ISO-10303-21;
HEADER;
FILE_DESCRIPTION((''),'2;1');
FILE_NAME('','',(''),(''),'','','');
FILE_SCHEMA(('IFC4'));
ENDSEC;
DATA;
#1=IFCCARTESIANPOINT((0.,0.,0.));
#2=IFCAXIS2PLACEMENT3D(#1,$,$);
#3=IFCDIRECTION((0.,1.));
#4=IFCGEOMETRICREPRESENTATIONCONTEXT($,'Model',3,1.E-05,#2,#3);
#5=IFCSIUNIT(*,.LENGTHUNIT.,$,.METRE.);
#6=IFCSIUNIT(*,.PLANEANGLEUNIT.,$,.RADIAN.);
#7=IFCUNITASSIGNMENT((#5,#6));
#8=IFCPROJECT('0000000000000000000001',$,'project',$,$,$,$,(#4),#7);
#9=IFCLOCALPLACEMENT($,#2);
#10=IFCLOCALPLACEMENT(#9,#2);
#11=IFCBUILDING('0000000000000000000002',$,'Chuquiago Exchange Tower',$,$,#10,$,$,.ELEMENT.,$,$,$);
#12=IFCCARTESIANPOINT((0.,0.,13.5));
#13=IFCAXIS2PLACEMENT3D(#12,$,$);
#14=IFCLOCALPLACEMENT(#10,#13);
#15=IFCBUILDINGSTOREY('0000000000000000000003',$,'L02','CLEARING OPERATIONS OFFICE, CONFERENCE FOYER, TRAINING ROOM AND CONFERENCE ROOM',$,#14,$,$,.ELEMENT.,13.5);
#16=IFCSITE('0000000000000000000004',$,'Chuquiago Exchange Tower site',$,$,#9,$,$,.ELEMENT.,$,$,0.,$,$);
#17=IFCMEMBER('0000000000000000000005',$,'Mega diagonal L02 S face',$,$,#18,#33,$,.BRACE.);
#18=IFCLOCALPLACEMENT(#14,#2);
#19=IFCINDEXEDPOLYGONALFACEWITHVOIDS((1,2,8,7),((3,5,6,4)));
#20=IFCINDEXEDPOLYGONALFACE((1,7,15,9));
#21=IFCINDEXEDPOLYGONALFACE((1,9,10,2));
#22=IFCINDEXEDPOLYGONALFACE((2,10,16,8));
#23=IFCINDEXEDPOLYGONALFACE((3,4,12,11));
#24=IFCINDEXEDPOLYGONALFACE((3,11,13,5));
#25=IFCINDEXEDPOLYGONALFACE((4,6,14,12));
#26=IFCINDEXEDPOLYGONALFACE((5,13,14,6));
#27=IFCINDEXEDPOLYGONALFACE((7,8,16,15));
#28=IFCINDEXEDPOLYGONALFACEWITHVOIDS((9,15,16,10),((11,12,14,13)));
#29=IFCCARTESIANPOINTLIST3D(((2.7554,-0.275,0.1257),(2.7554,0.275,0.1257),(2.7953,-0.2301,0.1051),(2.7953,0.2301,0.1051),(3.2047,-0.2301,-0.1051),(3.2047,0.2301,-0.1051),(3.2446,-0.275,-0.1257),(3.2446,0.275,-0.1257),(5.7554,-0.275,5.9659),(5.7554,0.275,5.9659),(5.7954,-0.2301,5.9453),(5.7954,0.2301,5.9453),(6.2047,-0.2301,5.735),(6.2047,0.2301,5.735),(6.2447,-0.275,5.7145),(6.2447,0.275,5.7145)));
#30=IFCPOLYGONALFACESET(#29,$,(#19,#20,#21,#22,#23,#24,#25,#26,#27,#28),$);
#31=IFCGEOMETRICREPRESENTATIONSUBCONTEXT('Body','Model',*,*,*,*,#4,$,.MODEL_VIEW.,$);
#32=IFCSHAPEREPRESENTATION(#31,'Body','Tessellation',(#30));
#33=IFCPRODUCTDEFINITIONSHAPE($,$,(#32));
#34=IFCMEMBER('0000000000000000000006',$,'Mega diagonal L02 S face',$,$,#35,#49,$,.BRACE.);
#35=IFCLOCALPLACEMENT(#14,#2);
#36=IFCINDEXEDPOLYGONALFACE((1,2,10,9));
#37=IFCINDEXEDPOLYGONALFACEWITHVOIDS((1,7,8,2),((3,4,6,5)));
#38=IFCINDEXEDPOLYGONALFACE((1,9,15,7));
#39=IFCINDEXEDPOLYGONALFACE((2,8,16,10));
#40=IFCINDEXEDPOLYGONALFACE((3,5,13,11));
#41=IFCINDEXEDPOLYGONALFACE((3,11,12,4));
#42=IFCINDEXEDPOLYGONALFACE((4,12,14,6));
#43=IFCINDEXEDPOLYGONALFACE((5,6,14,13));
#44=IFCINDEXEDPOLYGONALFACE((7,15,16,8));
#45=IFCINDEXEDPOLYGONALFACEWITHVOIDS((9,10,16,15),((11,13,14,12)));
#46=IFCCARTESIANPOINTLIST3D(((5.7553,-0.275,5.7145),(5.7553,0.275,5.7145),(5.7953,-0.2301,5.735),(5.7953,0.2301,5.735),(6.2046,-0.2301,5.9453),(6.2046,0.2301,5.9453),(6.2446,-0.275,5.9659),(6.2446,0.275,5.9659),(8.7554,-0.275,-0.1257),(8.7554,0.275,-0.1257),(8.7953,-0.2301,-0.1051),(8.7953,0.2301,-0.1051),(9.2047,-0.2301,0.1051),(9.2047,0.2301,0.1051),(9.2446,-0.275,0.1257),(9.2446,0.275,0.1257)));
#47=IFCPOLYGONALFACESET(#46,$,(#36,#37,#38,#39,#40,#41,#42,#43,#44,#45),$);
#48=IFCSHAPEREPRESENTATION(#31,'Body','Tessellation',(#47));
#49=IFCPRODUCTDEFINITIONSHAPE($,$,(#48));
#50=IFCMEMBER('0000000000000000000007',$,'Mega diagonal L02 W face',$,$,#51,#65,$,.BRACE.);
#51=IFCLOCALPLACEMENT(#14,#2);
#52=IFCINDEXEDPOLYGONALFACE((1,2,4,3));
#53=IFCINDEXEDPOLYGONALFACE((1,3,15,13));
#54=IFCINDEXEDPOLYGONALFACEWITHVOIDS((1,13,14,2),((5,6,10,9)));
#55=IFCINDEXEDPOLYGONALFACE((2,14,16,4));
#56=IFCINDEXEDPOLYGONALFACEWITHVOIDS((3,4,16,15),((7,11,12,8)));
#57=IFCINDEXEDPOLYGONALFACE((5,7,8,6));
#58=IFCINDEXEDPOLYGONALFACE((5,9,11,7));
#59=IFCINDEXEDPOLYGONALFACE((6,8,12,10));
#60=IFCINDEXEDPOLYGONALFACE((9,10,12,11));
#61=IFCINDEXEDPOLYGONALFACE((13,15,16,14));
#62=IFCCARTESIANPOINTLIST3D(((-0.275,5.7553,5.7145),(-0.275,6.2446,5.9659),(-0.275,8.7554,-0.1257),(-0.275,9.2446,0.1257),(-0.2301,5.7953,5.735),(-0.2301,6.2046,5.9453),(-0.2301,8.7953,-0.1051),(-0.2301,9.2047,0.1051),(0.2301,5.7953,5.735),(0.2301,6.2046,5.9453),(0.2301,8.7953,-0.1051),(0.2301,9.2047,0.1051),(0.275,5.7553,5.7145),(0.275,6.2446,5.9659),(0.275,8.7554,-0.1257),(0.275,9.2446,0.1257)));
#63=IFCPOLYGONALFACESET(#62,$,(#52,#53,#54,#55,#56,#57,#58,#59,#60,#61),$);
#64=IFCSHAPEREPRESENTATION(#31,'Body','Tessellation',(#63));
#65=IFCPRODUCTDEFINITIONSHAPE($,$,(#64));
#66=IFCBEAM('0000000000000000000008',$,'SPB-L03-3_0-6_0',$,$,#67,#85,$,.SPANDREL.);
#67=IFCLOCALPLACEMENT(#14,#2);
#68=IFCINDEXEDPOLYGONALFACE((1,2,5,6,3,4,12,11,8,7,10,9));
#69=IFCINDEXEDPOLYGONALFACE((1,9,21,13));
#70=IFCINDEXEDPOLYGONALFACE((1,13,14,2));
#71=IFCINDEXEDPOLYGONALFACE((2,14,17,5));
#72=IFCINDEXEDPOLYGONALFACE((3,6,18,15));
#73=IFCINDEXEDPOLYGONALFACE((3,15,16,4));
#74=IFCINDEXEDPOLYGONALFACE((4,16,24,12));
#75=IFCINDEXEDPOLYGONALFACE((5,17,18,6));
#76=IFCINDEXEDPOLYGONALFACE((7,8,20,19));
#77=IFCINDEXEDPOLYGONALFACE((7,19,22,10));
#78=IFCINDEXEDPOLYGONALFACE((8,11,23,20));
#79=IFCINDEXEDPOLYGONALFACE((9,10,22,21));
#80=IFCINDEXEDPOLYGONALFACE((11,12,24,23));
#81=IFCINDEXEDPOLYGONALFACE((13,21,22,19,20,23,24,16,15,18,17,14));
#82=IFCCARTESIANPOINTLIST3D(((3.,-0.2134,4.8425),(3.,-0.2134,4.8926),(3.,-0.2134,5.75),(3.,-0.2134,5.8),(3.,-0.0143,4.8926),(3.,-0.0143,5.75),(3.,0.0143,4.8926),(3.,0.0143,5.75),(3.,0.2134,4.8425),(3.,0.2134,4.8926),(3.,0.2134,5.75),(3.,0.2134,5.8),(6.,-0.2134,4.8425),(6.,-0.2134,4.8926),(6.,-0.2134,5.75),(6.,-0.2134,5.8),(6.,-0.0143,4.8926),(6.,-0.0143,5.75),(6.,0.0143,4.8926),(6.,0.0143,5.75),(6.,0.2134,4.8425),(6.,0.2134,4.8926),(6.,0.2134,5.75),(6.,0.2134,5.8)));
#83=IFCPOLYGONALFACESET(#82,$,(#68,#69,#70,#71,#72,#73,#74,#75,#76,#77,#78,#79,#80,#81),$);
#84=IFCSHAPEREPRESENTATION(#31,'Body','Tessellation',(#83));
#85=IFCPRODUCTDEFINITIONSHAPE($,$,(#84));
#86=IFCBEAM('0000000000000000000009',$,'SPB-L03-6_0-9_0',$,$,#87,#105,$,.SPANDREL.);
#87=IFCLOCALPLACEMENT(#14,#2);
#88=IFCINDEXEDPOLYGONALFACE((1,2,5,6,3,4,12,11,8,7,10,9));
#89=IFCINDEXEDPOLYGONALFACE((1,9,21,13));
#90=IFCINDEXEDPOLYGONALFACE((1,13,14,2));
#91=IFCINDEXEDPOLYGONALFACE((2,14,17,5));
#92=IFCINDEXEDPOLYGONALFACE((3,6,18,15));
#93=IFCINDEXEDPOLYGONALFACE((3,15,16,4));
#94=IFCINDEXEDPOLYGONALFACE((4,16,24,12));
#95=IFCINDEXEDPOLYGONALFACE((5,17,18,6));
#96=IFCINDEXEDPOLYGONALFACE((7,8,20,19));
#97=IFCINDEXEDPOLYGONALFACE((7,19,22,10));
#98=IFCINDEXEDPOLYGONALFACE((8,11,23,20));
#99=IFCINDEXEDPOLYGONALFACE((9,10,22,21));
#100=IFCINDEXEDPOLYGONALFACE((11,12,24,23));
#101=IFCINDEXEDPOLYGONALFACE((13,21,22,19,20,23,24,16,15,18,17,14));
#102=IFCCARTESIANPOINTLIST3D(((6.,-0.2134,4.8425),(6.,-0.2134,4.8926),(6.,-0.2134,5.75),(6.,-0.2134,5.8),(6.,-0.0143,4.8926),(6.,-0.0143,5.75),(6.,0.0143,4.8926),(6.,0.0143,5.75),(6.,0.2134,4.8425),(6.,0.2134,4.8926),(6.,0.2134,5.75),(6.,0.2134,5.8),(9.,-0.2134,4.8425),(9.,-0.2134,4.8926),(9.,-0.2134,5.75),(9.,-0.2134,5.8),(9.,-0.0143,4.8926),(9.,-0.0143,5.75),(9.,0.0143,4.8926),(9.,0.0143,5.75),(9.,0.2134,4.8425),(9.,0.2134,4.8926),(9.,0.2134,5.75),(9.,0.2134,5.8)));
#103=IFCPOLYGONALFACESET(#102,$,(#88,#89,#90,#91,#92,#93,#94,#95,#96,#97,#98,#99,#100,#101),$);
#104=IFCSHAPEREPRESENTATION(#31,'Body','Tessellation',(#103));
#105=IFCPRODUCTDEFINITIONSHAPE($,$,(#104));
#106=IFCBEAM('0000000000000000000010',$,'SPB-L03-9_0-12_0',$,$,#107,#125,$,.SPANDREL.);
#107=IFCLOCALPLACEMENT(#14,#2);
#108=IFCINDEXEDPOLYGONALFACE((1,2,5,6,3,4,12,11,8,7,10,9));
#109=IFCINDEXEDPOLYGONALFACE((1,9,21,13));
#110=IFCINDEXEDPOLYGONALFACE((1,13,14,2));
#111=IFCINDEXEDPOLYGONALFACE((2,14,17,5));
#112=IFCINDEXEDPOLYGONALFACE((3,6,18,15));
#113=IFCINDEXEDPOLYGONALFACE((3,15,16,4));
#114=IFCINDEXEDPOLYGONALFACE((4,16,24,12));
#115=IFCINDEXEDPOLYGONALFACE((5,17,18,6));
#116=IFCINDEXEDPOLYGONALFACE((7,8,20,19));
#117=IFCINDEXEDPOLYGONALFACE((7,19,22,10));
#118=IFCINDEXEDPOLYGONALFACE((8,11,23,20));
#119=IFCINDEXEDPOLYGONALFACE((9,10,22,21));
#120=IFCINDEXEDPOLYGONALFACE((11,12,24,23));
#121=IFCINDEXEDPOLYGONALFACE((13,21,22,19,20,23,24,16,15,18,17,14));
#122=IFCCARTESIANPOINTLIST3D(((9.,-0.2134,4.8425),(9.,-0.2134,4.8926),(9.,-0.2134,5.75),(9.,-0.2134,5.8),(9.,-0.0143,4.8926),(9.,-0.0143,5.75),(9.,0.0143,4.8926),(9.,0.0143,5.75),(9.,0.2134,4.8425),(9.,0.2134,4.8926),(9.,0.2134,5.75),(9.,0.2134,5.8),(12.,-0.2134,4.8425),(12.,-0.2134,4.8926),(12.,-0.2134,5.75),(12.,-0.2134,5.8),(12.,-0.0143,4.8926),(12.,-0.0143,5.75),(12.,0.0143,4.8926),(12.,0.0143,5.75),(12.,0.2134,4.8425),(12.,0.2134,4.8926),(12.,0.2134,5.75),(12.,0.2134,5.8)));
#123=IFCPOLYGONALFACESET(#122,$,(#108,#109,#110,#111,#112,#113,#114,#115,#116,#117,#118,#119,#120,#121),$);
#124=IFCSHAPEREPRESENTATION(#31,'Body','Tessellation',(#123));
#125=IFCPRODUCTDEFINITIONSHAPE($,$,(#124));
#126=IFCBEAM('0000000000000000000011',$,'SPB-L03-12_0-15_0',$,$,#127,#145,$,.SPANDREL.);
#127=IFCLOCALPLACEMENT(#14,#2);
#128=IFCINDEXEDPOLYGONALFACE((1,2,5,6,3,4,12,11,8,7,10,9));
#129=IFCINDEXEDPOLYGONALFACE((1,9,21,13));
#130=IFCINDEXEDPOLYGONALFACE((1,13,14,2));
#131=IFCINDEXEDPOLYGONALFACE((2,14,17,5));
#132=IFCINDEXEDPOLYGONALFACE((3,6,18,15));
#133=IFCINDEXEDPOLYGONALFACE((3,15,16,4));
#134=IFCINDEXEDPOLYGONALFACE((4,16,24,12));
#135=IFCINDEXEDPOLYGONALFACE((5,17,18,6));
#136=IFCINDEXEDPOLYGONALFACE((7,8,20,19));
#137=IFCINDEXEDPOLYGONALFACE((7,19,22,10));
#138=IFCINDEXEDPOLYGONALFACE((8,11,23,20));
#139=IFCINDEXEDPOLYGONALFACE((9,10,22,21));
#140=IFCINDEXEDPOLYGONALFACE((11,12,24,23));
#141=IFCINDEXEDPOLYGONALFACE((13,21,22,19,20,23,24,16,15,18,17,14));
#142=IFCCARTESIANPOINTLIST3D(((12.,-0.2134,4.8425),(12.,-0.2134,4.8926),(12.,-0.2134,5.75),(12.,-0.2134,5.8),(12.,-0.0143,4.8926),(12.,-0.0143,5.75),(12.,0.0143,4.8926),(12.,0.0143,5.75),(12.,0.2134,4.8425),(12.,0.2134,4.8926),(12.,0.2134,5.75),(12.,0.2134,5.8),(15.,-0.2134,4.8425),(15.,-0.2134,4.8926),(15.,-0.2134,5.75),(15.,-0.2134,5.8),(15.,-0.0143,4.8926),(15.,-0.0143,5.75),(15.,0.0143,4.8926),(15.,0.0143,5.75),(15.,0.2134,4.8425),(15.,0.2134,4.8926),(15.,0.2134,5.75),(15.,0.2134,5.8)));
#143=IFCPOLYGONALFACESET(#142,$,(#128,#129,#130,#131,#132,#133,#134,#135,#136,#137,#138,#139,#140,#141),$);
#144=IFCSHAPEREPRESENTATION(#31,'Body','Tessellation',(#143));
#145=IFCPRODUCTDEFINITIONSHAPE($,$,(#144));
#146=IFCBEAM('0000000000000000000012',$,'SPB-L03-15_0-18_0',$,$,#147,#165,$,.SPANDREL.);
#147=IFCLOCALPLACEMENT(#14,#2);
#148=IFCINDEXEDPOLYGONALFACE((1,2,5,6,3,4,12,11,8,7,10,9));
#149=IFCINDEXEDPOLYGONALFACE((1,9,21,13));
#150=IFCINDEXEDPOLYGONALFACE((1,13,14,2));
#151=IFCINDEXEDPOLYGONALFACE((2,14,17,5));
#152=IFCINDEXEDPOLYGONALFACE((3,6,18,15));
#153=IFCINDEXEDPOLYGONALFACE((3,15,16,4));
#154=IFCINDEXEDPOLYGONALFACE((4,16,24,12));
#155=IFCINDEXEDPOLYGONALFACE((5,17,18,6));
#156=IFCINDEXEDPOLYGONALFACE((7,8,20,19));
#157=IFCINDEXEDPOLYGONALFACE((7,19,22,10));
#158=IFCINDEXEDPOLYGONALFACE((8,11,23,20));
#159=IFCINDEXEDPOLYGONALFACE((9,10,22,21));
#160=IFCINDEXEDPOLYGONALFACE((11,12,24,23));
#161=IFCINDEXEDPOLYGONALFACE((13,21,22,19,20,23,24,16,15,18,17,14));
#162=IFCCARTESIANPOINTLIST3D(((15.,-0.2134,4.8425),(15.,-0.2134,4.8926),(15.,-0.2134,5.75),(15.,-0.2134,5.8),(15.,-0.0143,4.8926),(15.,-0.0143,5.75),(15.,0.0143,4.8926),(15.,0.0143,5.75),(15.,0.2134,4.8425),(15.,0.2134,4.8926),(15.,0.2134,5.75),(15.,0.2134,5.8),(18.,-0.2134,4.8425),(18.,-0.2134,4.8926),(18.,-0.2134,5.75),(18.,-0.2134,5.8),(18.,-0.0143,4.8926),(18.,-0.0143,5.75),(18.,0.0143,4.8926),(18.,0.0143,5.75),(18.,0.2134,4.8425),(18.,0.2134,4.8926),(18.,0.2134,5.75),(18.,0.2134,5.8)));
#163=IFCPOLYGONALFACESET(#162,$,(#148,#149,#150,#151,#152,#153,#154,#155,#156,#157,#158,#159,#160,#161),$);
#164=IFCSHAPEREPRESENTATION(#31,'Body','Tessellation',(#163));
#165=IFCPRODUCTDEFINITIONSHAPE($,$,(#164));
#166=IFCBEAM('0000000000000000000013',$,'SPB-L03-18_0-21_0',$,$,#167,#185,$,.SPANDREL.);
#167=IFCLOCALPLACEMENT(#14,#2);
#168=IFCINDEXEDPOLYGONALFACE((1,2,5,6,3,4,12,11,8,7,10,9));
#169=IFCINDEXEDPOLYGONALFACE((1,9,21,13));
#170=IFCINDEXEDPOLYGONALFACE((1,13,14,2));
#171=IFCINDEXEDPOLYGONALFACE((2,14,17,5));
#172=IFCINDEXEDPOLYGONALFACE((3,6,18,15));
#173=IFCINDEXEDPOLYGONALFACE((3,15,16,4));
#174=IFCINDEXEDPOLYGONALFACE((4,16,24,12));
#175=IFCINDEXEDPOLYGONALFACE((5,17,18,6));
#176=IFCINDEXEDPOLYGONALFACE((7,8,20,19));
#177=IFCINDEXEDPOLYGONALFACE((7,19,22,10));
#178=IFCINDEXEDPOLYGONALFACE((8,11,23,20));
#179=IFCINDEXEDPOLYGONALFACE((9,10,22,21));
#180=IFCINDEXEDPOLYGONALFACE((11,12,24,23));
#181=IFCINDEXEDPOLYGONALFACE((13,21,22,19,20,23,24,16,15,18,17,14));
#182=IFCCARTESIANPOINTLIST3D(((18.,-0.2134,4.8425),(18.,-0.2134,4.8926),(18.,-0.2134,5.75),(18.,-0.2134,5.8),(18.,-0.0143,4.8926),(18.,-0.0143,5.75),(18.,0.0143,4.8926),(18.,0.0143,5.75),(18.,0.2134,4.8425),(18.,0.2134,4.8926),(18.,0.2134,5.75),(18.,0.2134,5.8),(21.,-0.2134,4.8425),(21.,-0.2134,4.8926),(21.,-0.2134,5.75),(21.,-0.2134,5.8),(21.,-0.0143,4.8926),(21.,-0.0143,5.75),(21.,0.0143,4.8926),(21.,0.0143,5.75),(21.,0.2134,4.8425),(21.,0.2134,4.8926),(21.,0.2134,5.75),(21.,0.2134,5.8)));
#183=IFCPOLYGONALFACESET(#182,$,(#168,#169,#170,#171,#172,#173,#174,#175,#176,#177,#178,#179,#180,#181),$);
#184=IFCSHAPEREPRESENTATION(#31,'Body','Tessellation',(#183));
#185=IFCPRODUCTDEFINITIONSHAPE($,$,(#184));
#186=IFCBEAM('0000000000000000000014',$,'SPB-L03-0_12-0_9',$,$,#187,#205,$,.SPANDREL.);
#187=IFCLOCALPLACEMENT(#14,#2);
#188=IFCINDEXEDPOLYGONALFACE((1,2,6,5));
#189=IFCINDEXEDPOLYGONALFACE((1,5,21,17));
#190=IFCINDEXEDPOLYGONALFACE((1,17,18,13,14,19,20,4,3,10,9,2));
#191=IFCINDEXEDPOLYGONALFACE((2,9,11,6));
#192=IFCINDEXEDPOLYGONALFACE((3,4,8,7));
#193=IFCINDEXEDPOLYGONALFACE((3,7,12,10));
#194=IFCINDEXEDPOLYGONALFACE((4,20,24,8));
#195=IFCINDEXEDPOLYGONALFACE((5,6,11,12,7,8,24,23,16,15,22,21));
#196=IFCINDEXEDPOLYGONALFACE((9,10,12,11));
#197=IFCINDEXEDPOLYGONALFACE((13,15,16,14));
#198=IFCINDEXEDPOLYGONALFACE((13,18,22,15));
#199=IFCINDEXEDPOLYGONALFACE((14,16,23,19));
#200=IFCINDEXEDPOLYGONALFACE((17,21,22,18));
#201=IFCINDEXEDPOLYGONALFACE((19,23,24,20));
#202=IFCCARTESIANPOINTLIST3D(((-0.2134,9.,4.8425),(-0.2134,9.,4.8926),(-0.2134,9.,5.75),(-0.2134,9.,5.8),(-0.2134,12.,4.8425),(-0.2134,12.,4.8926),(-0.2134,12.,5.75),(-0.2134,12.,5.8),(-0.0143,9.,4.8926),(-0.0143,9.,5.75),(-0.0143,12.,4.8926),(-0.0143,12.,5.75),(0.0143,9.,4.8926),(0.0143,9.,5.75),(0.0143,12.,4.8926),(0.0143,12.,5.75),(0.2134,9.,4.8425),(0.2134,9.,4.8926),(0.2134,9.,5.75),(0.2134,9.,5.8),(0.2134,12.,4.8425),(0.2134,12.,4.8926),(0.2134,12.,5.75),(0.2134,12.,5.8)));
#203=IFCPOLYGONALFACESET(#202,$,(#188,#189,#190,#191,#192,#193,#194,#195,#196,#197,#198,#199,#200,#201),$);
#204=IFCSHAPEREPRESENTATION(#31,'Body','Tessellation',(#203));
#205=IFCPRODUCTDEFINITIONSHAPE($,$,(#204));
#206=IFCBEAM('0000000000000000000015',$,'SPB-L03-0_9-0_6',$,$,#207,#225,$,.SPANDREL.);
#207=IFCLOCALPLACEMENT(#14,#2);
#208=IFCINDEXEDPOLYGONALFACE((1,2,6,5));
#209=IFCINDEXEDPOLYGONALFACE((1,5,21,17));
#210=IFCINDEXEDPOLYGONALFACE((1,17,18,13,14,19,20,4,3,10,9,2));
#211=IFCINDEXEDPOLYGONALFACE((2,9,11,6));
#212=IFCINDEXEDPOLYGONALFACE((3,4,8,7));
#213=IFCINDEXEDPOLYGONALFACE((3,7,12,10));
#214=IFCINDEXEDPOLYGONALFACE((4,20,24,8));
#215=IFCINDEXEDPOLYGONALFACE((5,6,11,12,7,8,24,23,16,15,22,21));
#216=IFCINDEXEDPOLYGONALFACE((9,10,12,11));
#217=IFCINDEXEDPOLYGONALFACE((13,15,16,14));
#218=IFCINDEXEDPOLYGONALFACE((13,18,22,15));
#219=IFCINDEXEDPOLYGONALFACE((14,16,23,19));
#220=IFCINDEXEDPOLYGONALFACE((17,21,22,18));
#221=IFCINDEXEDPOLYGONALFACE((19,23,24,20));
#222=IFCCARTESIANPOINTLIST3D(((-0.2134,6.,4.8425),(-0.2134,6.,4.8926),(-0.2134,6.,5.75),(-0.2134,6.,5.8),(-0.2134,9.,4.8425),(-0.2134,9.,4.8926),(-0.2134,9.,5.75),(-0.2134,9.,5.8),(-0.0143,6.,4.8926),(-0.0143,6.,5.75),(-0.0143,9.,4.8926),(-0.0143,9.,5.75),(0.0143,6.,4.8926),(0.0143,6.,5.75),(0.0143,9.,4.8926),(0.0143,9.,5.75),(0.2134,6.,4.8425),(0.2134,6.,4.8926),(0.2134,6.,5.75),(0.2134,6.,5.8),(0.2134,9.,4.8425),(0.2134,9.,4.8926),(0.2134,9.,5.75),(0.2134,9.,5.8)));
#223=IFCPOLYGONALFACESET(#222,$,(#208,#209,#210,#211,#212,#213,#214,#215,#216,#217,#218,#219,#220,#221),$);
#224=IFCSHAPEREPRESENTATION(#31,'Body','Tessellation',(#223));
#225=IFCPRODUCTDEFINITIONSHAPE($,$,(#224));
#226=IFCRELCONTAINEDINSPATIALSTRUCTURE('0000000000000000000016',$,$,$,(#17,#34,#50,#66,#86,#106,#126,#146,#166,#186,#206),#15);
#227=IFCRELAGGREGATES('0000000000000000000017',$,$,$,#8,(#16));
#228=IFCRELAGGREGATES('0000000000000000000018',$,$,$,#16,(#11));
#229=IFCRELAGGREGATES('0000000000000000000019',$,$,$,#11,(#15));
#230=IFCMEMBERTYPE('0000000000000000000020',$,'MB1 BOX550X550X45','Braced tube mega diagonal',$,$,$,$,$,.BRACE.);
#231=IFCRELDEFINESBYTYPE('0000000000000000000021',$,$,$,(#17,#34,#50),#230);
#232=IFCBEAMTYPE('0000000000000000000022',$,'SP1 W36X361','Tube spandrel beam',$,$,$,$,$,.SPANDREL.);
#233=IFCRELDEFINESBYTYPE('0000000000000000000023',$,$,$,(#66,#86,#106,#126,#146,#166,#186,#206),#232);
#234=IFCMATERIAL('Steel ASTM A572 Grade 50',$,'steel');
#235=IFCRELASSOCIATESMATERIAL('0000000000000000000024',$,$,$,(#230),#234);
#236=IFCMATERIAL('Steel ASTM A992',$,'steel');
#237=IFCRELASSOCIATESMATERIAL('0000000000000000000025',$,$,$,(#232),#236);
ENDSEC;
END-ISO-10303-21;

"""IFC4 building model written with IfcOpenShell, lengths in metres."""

from ifc_helpers import new_model, si_unit, direction, frame, origin, origin_2d, place, context, subcontext, project, spatial, hollow_rectangle, i_section, extrude, material, material_profile, profile_set, type_object, element, save


model = new_model("IFC4")

# Units and contexts
model_context = context("Model", 3, precision=1e-05, world=origin(), true_north=direction((0.0, 1.0)))
body_context = subcontext(model_context, "Body", "Model", "MODEL_VIEW")
ifc_project = project(units=[si_unit("LENGTHUNIT", "METRE"), si_unit("PLANEANGLEUNIT", "RADIAN")], contexts=[model_context])

# Site, building, storey
site_placement = place(None, origin())
site = spatial("IfcSite", under=ifc_project, at=site_placement, Name="Chuquiago Exchange Tower site", CompositionType="ELEMENT", RefElevation=0.0)
building_placement = place(site_placement, origin())
building = spatial("IfcBuilding", under=site, at=building_placement, Name="Chuquiago Exchange Tower", CompositionType="ELEMENT")
storey_placement = place(building_placement, frame((0.0, 0.0, 13.5)))
storey = spatial("IfcBuildingStorey", under=building, at=storey_placement, Name="L02", Description="CLEARING OPERATIONS OFFICE, CONFERENCE FOYER, TRAINING ROOM AND CONFERENCE ROOM", CompositionType="ELEMENT", Elevation=13.5)

# Members
ifc_material_1 = material(Name="Steel ASTM A572 Grade 50", Category="steel")
ifc_material_profile_1 = material_profile(ifc_material_1, hollow_rectangle(XDim=0.55, YDim=0.55, WallThickness=0.0449, at=origin_2d()), Name="BOX550X550X45")
ifc_profile_set_1 = profile_set([ifc_material_profile_1], Name="Steel ASTM A572 Grade 50")
member_type = type_object("IfcMemberType", Name="MB1 BOX550X550X45", Description="Braced tube mega diagonal", PredefinedType="BRACE", material=ifc_profile_set_1)
for number, where, z_axis, x_axis, name in (
    (1, (3.0, 0.0, 0.0), (0.45693, 0.0, 0.889503), (0.0, 1.0, 0.0), "Mega diagonal L02 S face"),
    (2, (9.0, 0.0, 0.0), (-0.45693, 0.0, 0.889503), (0.0, -1.0, 0.0), "Mega diagonal L02 S face"),
    (3, (0.0, 9.0, 0.0), (0.0, -0.45693, 0.889503), (1.0, 0.0, 0.0), "Mega diagonal L02 W face"),
):
    element("IfcMember", number, at=place(storey_placement, frame(where, z_axis=z_axis, x_axis=x_axis)), inside=storey, type_object=member_type, Name=name, PredefinedType="BRACE", context=body_context, shape_type="SweptSolid", body=[
        extrude(hollow_rectangle(XDim=0.55, YDim=0.55, WallThickness=0.0449, at=origin_2d()), origin(), (0.0, 0.0, 1.0), 6.5657),
    ])

# Beams
ifc_material_2 = material(Name="Steel ASTM A992", Category="steel")
ifc_material_profile_2 = material_profile(ifc_material_2, i_section(OverallWidth=0.4268, OverallDepth=0.9575, WebThickness=0.0286, FlangeThickness=0.05, at=origin_2d()), Name="W36X361")
ifc_profile_set_2 = profile_set([ifc_material_profile_2], Name="Steel ASTM A992")
beam_type_1 = type_object("IfcBeamType", Name="SP1 W36X361", Description="Tube spandrel beam", PredefinedType="SPANDREL", material=ifc_profile_set_2)
for number, where, z_axis, x_axis, name in (
    (4, (3.0, 0.0, 5.3213), (1.0, 0.0, 0.0), (0.0, 1.0, 0.0), "SPB-L03-3_0-6_0"),
    (5, (6.0, 0.0, 5.3213), (1.0, 0.0, 0.0), (0.0, 1.0, 0.0), "SPB-L03-6_0-9_0"),
    (6, (9.0, 0.0, 5.3213), (1.0, 0.0, 0.0), (0.0, 1.0, 0.0), "SPB-L03-9_0-12_0"),
    (7, (12.0, 0.0, 5.3213), (1.0, 0.0, 0.0), (0.0, 1.0, 0.0), "SPB-L03-12_0-15_0"),
    (8, (15.0, 0.0, 5.3213), (1.0, 0.0, 0.0), (0.0, 1.0, 0.0), "SPB-L03-15_0-18_0"),
    (9, (18.0, 0.0, 5.3213), (1.0, 0.0, 0.0), (0.0, 1.0, 0.0), "SPB-L03-18_0-21_0"),
    (10, (0.0, 12.0, 5.3213), (0.0, -1.0, 0.0), (1.0, 0.0, 0.0), "SPB-L03-0_12-0_9"),
    (11, (0.0, 9.0, 5.3213), (0.0, -1.0, 0.0), (1.0, 0.0, 0.0), "SPB-L03-0_9-0_6"),
):
    element("IfcBeam", number, at=place(storey_placement, frame(where, z_axis=z_axis, x_axis=x_axis)), inside=storey, type_object=beam_type_1, Name=name, PredefinedType="SPANDREL", context=body_context, shape_type="SweptSolid", body=[
        extrude(i_section(OverallWidth=0.4268, OverallDepth=0.9575, WebThickness=0.0286, FlangeThickness=0.05, at=origin_2d()), origin(), (0.0, 0.0, 1.0), 3.0),
    ])

save(model, "model.ifc")
